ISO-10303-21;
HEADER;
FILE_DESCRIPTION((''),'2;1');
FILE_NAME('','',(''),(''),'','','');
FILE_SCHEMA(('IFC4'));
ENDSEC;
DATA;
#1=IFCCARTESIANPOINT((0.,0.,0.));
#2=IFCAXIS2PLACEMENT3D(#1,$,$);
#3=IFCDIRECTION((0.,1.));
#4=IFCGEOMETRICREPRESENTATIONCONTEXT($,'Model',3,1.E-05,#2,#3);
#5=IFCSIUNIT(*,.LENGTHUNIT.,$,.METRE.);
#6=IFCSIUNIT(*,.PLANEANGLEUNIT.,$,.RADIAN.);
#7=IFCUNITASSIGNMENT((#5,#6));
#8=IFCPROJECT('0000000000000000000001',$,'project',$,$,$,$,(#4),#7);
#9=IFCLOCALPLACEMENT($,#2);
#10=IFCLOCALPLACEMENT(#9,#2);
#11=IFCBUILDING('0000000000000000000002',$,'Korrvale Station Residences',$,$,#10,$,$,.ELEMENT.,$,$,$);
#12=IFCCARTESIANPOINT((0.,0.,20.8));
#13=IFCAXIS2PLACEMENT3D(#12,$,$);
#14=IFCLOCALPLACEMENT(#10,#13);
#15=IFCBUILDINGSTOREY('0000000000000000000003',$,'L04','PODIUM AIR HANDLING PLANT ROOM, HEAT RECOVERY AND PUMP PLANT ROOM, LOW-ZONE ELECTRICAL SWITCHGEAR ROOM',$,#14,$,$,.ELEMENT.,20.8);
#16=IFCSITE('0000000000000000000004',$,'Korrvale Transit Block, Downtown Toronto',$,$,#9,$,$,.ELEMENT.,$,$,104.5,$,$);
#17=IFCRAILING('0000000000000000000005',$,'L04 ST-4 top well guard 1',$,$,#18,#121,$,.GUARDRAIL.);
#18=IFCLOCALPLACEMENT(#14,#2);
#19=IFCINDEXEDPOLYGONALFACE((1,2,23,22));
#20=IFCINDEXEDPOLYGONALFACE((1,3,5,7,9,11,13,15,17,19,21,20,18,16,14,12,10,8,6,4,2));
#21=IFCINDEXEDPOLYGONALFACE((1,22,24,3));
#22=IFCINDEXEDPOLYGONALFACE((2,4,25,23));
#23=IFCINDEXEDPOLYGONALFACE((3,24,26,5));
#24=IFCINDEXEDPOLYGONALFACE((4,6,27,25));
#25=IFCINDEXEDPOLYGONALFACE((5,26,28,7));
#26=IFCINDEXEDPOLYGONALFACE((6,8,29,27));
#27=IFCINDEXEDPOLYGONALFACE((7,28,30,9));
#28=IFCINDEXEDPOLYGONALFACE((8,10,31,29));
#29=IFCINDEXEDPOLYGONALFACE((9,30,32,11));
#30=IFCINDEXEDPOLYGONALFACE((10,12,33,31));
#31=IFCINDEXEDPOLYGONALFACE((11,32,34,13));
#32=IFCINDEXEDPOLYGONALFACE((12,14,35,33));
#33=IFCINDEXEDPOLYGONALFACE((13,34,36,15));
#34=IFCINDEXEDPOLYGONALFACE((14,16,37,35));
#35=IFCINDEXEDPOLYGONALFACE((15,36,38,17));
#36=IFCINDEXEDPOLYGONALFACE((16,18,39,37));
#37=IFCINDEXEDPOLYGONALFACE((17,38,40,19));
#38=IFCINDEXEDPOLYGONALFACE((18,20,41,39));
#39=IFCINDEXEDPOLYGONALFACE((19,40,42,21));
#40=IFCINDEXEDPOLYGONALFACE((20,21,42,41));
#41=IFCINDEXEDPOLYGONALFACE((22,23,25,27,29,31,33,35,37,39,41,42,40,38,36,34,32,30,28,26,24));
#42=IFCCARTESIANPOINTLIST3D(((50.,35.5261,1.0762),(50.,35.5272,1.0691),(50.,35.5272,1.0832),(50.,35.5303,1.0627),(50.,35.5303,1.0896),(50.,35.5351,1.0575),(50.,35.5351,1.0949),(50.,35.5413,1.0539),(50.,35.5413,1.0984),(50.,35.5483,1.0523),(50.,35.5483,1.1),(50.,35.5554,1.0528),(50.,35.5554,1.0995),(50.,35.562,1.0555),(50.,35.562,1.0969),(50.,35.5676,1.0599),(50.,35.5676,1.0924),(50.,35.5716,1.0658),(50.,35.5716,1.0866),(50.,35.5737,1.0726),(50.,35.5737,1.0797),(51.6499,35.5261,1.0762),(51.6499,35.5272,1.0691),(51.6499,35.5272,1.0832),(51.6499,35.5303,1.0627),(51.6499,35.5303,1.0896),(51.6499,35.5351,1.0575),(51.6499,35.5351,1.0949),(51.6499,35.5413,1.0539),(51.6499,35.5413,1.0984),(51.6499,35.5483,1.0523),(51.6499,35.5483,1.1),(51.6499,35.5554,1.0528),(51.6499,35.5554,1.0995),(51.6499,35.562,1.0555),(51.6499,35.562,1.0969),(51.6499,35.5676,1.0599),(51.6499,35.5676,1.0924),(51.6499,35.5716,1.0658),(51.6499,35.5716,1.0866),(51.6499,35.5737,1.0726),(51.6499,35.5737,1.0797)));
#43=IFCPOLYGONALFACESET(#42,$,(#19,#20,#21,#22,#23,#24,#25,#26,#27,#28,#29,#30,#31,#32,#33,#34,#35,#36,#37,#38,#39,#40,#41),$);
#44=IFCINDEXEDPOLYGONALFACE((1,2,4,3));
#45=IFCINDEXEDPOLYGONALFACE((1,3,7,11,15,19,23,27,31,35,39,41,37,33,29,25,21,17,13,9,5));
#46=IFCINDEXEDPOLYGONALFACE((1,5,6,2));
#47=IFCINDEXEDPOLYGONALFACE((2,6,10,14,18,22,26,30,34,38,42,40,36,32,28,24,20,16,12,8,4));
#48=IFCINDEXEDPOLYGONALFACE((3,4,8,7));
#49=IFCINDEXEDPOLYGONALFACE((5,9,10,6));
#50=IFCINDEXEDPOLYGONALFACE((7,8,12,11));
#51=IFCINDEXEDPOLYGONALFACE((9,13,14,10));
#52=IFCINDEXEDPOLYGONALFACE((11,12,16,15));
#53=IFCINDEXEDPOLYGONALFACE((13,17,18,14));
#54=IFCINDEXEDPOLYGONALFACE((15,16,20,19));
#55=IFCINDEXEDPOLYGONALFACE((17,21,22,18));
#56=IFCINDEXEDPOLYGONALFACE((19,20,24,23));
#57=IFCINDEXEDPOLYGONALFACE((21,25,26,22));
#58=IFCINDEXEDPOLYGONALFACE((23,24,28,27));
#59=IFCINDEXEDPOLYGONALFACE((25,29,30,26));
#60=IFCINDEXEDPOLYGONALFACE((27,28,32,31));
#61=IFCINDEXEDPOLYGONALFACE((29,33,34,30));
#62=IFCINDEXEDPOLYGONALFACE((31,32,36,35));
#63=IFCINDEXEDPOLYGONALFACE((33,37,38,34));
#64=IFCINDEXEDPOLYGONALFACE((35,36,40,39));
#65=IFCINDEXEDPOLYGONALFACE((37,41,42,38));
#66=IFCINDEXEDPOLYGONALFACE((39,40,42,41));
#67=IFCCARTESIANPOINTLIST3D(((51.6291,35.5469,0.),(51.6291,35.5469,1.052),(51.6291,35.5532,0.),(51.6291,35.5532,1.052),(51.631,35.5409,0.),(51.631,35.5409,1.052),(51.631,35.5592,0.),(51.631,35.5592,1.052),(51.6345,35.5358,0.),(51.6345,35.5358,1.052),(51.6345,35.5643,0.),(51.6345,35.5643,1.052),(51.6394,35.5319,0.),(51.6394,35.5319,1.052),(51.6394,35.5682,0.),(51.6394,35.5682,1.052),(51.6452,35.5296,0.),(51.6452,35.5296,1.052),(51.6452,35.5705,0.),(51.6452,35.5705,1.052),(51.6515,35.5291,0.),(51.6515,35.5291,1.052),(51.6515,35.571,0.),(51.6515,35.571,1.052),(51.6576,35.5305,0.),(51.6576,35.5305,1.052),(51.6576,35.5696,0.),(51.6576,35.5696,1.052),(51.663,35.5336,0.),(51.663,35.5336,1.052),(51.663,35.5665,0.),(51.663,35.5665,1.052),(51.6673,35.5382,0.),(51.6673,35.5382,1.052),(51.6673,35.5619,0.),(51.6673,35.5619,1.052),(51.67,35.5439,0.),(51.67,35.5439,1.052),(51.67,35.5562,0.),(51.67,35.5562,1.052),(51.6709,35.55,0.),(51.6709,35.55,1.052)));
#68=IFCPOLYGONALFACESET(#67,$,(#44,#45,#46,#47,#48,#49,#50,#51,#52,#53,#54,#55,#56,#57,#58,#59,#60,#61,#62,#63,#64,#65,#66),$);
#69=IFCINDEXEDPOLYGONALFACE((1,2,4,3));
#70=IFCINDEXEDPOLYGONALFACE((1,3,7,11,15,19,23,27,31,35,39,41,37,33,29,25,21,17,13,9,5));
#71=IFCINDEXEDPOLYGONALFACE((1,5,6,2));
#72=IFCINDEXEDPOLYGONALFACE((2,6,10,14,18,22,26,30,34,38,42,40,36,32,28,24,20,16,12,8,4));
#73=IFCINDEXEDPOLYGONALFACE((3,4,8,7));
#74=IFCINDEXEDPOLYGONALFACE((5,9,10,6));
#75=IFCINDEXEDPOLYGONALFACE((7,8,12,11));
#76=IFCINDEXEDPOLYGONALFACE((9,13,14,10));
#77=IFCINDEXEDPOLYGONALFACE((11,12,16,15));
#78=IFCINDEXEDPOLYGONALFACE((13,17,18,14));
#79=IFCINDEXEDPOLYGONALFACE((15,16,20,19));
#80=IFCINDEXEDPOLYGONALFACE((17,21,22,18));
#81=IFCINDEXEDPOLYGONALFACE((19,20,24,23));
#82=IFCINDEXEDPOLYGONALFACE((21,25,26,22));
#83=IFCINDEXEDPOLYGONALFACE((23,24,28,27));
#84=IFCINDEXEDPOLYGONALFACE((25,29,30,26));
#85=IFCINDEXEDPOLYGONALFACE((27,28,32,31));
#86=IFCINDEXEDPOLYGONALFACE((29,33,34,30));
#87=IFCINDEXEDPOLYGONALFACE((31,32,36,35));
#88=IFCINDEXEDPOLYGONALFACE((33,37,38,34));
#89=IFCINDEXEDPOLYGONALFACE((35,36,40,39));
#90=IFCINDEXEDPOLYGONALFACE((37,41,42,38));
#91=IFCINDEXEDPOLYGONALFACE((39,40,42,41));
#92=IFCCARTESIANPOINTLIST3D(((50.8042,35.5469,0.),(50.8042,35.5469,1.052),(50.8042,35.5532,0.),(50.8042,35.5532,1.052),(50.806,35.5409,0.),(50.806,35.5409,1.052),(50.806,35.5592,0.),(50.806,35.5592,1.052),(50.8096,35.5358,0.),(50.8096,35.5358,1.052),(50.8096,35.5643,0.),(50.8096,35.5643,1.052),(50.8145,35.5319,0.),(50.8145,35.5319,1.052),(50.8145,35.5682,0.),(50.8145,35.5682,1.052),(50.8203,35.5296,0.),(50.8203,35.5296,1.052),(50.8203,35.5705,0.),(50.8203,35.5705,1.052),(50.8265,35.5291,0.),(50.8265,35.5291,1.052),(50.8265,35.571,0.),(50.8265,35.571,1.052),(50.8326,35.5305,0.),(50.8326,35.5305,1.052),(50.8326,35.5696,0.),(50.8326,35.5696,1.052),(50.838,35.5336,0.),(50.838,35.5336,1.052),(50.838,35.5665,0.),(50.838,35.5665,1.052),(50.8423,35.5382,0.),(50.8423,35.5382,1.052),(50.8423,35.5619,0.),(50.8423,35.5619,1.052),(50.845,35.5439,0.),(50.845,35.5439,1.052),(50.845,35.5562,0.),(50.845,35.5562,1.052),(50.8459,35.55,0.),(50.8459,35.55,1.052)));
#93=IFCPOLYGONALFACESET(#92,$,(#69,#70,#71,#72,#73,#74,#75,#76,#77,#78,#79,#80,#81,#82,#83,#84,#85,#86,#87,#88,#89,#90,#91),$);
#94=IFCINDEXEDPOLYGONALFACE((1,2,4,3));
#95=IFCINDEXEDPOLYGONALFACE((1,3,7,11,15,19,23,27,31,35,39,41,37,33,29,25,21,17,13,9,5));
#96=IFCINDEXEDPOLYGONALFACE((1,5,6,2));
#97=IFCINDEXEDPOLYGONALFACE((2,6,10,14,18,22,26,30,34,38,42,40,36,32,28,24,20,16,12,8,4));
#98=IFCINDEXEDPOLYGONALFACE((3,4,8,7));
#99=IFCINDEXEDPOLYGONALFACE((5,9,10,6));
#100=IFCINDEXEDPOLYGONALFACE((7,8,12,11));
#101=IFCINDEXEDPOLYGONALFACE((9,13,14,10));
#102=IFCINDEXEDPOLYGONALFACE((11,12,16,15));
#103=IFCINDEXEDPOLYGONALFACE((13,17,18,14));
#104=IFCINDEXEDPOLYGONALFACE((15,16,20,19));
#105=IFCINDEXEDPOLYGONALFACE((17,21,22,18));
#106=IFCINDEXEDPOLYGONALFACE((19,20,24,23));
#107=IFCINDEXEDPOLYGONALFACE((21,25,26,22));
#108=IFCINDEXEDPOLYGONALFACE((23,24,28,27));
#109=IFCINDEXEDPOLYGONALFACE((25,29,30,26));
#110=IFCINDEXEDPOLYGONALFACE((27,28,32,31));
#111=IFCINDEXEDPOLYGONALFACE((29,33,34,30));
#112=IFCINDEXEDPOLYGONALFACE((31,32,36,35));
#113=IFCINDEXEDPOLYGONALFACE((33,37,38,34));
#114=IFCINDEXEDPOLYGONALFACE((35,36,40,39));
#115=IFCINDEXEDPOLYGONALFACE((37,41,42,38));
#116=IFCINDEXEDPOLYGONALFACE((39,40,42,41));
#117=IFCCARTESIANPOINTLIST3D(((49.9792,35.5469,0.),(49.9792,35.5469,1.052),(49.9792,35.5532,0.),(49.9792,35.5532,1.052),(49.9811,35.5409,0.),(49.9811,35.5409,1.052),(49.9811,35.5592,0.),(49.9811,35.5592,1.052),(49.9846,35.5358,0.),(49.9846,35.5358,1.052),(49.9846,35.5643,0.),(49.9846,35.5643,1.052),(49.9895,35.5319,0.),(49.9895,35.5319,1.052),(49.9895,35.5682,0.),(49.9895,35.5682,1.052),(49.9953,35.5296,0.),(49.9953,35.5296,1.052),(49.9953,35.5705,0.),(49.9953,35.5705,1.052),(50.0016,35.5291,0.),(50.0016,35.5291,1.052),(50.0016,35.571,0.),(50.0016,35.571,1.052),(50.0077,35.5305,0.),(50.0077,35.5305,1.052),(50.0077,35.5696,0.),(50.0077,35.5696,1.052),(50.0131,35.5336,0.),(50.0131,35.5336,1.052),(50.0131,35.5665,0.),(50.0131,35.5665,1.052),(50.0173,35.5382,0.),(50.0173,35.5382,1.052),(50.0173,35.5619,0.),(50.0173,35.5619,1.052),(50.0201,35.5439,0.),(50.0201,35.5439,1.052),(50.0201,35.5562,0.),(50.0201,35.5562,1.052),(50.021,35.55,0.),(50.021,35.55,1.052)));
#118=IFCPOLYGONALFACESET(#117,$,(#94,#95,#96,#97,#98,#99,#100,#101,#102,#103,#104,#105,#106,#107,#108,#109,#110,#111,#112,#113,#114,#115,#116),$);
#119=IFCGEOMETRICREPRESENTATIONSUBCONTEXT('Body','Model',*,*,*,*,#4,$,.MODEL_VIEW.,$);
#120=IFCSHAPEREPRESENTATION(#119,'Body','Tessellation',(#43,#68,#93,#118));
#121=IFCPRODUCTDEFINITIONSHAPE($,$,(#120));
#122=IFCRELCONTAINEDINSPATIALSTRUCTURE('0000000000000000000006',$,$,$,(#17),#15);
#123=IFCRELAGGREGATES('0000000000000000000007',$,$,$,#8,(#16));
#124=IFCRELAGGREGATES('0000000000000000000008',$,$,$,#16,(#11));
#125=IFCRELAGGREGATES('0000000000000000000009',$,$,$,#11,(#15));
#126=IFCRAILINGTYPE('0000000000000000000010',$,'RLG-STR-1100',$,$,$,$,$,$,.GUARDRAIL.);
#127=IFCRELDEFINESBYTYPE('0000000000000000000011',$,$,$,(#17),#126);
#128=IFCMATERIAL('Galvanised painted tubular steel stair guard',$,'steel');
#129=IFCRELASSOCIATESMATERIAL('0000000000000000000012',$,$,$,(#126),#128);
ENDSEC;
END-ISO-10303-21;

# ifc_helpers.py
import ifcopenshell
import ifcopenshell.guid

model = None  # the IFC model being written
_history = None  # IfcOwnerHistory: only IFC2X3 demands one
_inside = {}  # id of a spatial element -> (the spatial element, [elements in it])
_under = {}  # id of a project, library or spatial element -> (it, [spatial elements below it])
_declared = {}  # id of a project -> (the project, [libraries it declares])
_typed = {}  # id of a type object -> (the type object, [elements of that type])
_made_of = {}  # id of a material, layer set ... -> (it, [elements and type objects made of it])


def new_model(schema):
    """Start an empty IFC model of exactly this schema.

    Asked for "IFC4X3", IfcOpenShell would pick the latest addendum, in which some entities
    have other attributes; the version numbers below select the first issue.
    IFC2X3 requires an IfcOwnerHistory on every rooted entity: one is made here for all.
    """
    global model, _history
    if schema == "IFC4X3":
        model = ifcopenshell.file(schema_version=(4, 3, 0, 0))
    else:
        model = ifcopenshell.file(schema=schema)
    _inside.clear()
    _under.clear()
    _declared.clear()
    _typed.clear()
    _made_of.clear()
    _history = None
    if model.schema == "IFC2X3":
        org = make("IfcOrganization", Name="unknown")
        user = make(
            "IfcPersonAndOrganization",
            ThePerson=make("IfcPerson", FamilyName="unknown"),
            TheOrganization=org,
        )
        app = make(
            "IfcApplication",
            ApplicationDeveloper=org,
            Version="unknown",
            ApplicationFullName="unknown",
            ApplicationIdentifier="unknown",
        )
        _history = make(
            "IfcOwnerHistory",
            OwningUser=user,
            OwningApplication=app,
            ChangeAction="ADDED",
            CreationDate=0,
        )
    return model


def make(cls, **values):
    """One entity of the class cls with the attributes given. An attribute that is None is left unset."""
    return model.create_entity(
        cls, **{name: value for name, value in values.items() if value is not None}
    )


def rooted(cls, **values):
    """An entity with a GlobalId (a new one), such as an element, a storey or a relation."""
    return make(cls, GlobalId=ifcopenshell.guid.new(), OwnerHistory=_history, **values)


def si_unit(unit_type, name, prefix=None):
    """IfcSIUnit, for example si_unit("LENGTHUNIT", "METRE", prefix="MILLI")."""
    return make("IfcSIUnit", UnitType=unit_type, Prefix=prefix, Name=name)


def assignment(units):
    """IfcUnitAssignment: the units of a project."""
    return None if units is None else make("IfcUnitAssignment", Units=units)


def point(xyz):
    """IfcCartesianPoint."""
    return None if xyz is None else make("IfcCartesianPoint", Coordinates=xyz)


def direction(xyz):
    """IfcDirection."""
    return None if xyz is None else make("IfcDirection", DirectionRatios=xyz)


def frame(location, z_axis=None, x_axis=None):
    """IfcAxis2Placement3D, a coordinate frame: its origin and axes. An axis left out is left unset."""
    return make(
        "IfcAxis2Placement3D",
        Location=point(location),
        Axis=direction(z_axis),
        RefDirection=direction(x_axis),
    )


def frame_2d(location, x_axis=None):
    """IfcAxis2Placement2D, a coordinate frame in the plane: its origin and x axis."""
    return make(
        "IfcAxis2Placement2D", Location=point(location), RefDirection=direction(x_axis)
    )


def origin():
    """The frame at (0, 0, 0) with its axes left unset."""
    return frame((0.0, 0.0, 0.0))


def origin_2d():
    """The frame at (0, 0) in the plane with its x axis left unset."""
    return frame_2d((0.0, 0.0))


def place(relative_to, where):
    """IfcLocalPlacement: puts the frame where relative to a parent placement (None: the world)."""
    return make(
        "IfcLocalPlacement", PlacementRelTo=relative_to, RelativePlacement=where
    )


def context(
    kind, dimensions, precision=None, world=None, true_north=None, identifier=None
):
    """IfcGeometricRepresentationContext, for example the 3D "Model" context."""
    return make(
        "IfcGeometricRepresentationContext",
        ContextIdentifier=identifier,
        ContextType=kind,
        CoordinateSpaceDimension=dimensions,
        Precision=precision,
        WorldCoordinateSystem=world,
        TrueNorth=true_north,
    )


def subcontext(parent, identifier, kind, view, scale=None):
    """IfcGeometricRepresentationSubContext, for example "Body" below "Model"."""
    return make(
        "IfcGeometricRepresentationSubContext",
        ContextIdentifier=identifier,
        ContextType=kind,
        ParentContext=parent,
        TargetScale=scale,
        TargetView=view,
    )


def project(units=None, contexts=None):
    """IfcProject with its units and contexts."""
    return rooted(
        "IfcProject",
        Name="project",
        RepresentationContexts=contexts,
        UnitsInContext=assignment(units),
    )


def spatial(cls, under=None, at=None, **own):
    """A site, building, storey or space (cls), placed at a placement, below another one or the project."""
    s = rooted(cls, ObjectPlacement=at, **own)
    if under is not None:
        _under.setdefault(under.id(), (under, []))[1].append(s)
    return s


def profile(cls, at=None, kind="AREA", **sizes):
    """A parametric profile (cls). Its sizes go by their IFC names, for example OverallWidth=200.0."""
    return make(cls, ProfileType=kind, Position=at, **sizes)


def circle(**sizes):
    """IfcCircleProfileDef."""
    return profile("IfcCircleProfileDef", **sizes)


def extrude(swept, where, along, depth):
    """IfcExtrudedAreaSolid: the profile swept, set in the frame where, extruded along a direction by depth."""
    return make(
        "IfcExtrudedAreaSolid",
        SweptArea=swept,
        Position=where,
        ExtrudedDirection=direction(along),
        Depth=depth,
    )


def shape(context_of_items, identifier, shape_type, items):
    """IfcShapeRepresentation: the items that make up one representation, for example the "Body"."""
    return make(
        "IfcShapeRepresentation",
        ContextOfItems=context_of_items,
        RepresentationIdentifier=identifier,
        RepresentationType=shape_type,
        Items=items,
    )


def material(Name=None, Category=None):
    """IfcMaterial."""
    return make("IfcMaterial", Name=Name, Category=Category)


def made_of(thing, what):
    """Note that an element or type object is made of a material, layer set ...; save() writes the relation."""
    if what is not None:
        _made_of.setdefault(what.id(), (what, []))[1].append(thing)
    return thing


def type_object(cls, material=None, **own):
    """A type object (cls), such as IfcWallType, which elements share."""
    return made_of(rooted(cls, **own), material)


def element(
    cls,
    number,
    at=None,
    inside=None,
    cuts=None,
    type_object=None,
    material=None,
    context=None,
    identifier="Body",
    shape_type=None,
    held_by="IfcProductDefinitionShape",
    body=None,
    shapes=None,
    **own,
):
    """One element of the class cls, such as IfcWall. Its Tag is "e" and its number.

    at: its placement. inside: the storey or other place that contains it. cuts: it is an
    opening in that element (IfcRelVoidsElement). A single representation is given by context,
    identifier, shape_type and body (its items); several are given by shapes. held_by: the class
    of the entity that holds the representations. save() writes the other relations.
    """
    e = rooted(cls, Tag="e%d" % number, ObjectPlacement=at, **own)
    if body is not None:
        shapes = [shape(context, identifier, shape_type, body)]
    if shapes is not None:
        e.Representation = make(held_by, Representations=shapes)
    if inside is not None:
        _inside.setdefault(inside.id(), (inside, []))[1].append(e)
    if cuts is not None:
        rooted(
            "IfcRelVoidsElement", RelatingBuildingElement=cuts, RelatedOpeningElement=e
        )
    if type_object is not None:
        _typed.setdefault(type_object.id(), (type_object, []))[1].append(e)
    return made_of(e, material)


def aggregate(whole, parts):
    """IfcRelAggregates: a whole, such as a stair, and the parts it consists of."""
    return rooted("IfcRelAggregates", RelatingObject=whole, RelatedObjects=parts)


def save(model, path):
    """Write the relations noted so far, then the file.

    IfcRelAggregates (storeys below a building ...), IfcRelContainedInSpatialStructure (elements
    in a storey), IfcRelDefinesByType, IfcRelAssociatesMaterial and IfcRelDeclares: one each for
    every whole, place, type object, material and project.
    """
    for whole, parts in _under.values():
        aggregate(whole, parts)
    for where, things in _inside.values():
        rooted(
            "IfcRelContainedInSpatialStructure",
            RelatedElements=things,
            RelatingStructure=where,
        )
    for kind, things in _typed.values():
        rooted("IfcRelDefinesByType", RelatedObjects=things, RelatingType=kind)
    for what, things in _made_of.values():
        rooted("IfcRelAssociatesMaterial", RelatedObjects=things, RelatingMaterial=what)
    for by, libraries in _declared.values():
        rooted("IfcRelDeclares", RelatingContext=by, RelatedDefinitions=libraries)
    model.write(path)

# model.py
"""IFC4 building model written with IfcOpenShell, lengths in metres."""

from ifc_helpers import new_model, si_unit, direction, frame, origin, origin_2d, place, context, subcontext, project, spatial, circle, extrude, material, type_object, element, save


model = new_model("IFC4")

# Units and contexts
model_context = context("Model", 3, precision=1e-05, world=origin(), true_north=direction((0.0, 1.0)))
body_context = subcontext(model_context, "Body", "Model", "MODEL_VIEW")
ifc_project = project(units=[si_unit("LENGTHUNIT", "METRE"), si_unit("PLANEANGLEUNIT", "RADIAN")], contexts=[model_context])

# Site, building, storey
site_placement = place(None, origin())
site = spatial("IfcSite", under=ifc_project, at=site_placement, Name="Korrvale Transit Block, Downtown Toronto", CompositionType="ELEMENT", RefElevation=104.5)
building_placement = place(site_placement, origin())
building = spatial("IfcBuilding", under=site, at=building_placement, Name="Korrvale Station Residences", CompositionType="ELEMENT")
storey_placement = place(building_placement, frame((0.0, 0.0, 20.8)))
storey = spatial("IfcBuildingStorey", under=building, at=storey_placement, Name="L04", Description="PODIUM AIR HANDLING PLANT ROOM, HEAT RECOVERY AND PUMP PLANT ROOM, LOW-ZONE ELECTRICAL SWITCHGEAR ROOM", CompositionType="ELEMENT", Elevation=20.8)

# Railing
ifc_material_1 = material(Name="Galvanised painted tubular steel stair guard", Category="steel")
railing_type = type_object("IfcRailingType", Name="RLG-STR-1100", PredefinedType="GUARDRAIL", material=ifc_material_1)
railing_placement = place(storey_placement, frame((51.6499, 35.55, 0.0)))
element("IfcRailing", 1, at=railing_placement, inside=storey, type_object=railing_type, Name="L04 ST-4 top well guard 1", PredefinedType="GUARDRAIL", context=body_context, shape_type="SweptSolid", body=[
    extrude(circle(Radius=0.0239, at=origin_2d()), frame((0.0, 0.0, 1.0762), z_axis=(-1.0, 0.0, 0.0), x_axis=(0.0, -1.0, 0.0)), (0.0, 0.0, 1.0), 1.6499),
    extrude(circle(Radius=0.021, at=origin_2d()), origin(), (0.0, 0.0, 1.0), 1.052),
    extrude(circle(Radius=0.021, at=origin_2d()), frame((-0.825, 0.0, 0.0)), (0.0, 0.0, 1.0), 1.052),
    extrude(circle(Radius=0.021, at=origin_2d()), frame((-1.6499, 0.0, 0.0)), (0.0, 0.0, 1.0), 1.052),
])

save(model, "model.ifc")
